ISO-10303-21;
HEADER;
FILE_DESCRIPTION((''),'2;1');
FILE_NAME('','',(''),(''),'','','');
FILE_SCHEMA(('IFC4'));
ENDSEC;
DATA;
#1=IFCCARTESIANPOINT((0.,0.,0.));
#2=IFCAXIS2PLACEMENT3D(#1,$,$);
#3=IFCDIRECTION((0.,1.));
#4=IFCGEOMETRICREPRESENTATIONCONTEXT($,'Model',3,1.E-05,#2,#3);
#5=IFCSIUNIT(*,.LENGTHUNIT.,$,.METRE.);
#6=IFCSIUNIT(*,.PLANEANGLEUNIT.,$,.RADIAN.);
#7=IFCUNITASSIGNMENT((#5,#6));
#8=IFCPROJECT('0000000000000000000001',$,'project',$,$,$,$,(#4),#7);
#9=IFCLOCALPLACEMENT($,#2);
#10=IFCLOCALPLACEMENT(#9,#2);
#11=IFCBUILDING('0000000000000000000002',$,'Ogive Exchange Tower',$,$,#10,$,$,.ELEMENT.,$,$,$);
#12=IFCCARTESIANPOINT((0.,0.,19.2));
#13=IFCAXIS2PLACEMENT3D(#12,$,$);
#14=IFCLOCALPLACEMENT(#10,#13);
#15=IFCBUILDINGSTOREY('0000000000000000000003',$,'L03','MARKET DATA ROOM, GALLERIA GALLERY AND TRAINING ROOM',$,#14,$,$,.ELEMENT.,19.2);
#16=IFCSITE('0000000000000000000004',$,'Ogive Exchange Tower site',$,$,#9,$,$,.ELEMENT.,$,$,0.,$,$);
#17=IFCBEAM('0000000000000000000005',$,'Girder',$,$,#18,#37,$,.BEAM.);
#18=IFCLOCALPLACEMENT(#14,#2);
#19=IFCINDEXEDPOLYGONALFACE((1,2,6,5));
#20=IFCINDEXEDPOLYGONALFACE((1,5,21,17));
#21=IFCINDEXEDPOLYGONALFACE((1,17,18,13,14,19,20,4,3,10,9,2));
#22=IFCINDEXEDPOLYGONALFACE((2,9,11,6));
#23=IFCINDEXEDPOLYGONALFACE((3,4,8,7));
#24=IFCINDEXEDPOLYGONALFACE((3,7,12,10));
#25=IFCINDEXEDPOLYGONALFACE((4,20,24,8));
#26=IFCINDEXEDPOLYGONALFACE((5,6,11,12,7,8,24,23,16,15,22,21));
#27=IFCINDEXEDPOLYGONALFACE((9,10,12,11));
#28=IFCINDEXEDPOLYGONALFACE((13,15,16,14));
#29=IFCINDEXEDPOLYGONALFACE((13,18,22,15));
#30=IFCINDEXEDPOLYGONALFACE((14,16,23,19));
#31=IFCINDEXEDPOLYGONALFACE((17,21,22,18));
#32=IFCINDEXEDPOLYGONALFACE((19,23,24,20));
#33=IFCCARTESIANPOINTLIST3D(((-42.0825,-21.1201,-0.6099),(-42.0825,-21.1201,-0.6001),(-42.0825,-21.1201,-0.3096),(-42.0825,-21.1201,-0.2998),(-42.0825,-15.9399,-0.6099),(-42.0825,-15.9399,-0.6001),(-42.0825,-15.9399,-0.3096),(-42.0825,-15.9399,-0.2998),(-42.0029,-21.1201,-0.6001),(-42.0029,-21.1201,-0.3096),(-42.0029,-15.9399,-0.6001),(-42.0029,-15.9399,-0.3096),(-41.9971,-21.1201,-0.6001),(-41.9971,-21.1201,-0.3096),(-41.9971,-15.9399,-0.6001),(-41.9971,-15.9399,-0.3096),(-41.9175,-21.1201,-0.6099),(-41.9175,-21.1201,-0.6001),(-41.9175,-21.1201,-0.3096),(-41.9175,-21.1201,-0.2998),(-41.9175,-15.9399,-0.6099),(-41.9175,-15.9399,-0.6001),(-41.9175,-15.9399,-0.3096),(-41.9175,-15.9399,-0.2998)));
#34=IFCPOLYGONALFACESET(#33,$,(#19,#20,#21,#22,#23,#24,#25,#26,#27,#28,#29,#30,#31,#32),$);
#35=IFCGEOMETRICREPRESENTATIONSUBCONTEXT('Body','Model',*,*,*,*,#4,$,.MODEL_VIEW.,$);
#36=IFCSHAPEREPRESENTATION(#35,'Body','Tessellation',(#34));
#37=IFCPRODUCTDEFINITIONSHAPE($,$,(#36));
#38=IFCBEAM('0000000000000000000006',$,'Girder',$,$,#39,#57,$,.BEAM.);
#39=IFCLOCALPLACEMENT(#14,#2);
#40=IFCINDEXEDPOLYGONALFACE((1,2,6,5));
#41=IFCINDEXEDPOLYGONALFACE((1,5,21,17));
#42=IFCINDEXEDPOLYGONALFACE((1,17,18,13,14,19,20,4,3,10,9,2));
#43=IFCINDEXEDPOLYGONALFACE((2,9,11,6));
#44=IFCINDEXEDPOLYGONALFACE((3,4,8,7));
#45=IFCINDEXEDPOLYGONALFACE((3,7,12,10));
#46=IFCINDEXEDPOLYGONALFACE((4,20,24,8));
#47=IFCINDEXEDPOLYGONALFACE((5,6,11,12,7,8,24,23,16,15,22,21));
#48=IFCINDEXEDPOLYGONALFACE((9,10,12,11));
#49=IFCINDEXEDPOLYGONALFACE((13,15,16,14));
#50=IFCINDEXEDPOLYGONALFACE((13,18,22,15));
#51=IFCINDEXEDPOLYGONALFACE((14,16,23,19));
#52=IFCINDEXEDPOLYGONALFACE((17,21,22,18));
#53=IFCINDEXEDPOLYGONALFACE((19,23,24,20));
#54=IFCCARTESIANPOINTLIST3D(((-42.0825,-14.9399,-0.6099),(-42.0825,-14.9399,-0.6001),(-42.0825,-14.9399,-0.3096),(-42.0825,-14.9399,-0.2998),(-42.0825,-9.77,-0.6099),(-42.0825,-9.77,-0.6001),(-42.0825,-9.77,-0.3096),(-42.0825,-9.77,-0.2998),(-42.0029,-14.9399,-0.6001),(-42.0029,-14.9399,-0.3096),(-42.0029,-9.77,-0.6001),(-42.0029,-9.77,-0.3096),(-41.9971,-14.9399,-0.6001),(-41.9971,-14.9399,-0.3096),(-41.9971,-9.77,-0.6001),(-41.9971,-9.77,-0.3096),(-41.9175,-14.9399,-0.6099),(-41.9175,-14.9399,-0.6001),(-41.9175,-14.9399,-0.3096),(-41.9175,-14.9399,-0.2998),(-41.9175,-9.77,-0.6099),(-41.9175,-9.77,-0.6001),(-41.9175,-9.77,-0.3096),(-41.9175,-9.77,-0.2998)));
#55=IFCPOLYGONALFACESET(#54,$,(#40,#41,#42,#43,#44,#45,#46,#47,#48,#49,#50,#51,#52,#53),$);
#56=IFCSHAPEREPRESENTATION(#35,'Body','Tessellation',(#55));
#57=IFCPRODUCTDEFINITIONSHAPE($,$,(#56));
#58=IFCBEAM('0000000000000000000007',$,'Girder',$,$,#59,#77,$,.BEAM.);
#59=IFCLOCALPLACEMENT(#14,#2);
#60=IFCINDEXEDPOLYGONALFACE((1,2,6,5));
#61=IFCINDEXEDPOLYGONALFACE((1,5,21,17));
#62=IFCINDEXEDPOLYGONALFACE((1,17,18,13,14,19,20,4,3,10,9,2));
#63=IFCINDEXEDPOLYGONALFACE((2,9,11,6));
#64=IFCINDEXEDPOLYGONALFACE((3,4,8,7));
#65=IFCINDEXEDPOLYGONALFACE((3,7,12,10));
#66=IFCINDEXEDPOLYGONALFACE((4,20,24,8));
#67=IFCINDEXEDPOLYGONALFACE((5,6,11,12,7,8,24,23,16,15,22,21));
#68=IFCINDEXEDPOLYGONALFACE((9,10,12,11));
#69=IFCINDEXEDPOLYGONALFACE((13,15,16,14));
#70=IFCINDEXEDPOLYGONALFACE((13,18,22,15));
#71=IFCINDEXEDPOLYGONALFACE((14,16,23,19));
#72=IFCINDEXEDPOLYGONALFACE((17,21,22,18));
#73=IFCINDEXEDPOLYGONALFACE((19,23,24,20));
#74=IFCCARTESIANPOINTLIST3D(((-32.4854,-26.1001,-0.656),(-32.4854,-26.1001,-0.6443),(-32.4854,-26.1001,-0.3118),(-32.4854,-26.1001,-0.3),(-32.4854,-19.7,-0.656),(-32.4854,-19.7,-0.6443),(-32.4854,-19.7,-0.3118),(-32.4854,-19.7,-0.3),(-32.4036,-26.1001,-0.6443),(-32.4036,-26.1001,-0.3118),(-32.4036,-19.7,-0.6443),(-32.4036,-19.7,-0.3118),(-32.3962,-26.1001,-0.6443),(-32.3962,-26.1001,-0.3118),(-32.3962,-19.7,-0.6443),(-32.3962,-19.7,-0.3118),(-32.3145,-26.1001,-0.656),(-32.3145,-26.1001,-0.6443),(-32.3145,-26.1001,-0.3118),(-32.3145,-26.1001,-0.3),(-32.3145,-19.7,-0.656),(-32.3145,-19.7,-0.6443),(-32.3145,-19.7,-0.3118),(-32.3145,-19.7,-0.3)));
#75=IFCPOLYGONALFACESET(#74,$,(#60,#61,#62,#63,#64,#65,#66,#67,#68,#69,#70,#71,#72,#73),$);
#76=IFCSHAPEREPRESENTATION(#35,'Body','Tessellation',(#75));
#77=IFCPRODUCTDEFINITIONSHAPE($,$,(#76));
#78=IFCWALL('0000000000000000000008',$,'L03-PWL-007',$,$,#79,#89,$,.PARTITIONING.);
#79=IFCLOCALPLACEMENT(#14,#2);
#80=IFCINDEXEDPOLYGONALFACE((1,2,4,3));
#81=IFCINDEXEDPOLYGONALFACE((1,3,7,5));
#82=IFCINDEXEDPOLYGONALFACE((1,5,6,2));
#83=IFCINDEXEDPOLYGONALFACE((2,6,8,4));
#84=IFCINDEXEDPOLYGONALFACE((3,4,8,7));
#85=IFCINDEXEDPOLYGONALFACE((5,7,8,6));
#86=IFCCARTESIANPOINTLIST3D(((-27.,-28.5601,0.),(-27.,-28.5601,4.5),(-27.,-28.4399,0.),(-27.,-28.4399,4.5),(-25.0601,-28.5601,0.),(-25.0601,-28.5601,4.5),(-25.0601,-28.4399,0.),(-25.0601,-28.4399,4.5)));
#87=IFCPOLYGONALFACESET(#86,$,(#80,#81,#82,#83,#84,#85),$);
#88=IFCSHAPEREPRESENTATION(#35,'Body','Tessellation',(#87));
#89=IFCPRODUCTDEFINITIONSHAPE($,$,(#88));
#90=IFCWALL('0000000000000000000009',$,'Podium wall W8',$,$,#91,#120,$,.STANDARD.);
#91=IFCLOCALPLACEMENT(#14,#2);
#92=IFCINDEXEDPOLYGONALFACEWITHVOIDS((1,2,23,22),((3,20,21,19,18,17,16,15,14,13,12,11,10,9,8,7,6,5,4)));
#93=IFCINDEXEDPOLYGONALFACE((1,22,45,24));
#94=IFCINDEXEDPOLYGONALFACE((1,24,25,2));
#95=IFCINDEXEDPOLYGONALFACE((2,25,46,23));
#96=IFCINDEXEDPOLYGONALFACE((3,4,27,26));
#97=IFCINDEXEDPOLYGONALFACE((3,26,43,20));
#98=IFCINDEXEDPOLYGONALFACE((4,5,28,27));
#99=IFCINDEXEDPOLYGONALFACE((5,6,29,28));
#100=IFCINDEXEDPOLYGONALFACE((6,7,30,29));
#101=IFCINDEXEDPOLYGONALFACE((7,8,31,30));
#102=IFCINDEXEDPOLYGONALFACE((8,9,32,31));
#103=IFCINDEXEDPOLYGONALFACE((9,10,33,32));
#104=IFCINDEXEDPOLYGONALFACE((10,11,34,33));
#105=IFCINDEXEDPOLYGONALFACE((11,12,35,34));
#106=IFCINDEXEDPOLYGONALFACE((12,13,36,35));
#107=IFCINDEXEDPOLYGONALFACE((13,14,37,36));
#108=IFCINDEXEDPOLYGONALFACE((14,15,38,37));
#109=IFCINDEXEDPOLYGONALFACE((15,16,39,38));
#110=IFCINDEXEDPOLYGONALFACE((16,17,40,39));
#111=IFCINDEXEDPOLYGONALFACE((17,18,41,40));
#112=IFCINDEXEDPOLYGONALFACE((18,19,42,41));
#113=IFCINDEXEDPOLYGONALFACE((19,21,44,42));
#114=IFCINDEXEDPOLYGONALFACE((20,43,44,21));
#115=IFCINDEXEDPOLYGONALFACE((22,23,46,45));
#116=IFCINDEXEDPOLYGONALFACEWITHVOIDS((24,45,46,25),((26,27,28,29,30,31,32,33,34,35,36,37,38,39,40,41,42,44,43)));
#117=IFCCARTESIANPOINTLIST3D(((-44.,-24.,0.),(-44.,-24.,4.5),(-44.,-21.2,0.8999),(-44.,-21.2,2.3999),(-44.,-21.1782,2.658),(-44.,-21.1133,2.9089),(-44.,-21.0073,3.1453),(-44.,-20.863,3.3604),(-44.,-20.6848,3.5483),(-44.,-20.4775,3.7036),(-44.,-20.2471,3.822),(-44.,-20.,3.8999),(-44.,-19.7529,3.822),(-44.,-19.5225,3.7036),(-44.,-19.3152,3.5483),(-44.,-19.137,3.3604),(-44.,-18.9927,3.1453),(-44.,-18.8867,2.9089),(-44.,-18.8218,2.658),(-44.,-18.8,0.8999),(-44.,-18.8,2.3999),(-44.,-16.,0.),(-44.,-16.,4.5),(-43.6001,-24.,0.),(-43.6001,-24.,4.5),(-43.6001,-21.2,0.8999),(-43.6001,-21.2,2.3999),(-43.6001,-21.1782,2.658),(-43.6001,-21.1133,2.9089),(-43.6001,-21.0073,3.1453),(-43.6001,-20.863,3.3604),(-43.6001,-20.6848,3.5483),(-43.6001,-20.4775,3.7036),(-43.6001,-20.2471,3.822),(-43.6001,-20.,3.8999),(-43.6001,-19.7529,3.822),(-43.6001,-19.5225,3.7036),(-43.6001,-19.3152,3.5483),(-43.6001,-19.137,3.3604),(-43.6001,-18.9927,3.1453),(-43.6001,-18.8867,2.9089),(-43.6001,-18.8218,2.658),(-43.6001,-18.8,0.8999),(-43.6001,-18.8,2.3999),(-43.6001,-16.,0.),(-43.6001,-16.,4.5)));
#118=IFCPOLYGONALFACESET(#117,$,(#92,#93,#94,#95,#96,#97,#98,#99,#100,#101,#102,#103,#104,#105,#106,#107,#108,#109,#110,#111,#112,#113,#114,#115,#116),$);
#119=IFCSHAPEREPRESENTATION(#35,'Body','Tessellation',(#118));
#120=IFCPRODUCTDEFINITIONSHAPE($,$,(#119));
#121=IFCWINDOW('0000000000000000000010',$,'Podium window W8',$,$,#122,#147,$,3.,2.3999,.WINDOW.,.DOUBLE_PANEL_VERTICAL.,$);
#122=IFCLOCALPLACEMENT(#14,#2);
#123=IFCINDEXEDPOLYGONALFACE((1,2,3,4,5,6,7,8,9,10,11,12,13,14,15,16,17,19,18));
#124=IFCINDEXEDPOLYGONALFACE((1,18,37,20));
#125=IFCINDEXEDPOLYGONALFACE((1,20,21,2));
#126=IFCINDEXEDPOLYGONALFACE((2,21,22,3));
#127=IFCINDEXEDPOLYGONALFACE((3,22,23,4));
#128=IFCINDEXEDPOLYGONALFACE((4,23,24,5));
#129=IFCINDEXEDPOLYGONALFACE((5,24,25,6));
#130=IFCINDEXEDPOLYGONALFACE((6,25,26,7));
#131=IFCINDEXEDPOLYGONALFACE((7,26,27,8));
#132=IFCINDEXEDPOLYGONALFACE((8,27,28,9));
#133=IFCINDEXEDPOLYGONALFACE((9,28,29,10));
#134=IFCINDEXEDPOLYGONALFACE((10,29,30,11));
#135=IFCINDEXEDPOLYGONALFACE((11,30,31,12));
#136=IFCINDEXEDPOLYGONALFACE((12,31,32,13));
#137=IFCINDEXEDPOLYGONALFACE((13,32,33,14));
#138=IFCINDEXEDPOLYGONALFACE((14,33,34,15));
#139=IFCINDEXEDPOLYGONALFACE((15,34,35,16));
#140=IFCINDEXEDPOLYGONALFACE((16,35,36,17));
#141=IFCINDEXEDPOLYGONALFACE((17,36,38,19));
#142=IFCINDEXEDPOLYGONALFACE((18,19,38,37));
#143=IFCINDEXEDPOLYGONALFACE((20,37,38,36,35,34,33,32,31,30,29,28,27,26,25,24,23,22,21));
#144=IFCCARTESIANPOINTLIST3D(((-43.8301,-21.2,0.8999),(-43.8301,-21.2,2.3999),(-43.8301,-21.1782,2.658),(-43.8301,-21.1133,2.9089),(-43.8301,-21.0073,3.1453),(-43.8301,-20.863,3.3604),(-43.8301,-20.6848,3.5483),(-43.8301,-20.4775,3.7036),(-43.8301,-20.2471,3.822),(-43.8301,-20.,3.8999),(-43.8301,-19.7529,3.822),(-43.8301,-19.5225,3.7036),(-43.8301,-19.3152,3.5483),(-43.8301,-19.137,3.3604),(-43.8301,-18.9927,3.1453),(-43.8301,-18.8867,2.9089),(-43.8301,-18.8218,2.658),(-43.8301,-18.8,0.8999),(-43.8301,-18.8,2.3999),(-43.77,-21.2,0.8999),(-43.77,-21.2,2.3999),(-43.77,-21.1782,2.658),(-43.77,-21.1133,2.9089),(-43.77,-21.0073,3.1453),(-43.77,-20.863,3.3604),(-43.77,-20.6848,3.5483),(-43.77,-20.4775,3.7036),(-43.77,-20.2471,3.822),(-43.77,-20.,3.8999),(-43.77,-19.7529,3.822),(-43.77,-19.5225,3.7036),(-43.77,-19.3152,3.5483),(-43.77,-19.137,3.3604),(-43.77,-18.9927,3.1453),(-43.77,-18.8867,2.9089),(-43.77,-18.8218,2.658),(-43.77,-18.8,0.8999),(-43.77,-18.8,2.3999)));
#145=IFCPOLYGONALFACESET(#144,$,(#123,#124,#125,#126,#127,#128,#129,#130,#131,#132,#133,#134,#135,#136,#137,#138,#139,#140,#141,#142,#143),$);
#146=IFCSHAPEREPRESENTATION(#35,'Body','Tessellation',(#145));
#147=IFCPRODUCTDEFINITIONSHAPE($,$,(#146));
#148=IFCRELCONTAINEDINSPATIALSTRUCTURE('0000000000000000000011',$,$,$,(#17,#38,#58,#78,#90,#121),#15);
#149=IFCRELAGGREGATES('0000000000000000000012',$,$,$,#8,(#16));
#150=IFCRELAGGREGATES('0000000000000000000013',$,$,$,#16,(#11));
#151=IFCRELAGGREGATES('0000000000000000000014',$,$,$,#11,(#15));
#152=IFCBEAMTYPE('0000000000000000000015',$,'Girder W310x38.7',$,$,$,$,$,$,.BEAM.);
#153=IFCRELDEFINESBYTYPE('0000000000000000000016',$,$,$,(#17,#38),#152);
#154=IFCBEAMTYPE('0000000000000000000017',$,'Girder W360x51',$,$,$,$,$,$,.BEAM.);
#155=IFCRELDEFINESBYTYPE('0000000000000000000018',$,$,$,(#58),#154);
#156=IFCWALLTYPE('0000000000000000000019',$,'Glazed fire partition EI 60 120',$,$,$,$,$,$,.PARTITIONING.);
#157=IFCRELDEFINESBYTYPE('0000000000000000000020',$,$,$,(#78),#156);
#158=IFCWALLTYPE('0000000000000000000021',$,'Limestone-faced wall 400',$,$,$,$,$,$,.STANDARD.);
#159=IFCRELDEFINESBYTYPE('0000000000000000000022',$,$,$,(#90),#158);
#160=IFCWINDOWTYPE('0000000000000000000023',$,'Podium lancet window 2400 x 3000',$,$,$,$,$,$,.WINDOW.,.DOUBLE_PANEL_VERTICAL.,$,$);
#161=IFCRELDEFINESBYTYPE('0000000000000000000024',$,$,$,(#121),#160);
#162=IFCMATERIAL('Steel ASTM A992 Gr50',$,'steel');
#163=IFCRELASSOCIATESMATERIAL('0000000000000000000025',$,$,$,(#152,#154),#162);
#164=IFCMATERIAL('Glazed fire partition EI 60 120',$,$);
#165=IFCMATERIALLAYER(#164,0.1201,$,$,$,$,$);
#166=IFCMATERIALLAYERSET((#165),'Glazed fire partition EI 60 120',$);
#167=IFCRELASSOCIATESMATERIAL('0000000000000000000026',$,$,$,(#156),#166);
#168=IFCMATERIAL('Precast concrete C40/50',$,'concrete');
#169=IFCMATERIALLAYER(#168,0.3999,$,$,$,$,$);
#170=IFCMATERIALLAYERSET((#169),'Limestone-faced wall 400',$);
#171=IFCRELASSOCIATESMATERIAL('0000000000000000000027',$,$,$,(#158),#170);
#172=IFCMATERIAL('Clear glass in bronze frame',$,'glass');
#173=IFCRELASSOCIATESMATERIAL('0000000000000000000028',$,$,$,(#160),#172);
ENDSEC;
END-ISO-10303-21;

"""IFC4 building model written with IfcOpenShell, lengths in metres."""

from ifc_helpers import new_model, si_unit, direction, frame, frame_2d, origin, origin_2d, place, context, subcontext, project, spatial, polyline, rectangle, i_section, outline, extrude, material, layer, layer_set, material_profile, profile_set, type_object, element, fill, save


model = new_model("IFC4")

# Units and contexts
model_context = context("Model", 3, precision=1e-05, world=origin(), true_north=direction((0.0, 1.0)))
body_context = subcontext(model_context, "Body", "Model", "MODEL_VIEW")
ifc_project = project(units=[si_unit("LENGTHUNIT", "METRE"), si_unit("PLANEANGLEUNIT", "RADIAN")], contexts=[model_context])

# Site, building, storey
site_placement = place(None, origin())
site = spatial("IfcSite", under=ifc_project, at=site_placement, Name="Ogive Exchange Tower site", CompositionType="ELEMENT", RefElevation=0.0)
building_placement = place(site_placement, origin())
building = spatial("IfcBuilding", under=site, at=building_placement, Name="Ogive Exchange Tower", CompositionType="ELEMENT")
storey_placement = place(building_placement, frame((0.0, 0.0, 19.2)))
storey = spatial("IfcBuildingStorey", under=building, at=storey_placement, Name="L03", Description="MARKET DATA ROOM, GALLERIA GALLERY AND TRAINING ROOM", CompositionType="ELEMENT", Elevation=19.2)

# Beams
ifc_material_1 = material(Name="Steel ASTM A992 Gr50", Category="steel")
ifc_material_profile_1 = material_profile(ifc_material_1, i_section(OverallWidth=0.165, OverallDepth=0.3101, WebThickness=0.0059, FlangeThickness=0.0098, at=origin_2d()), Name="W310x38.7")
ifc_profile_set_1 = profile_set([ifc_material_profile_1], Name="Steel ASTM A992 Gr50")
beam_type_1 = type_object("IfcBeamType", Name="Girder W310x38.7", PredefinedType="BEAM", material=ifc_profile_set_1)
beam_1_placement = place(storey_placement, frame((-42.0, -21.1201, -0.4548), z_axis=(0.0, 1.0, 0.0), x_axis=(-1.0, 0.0, 0.0)))
element("IfcBeam", 1, at=beam_1_placement, inside=storey, type_object=beam_type_1, Name="Girder", PredefinedType="BEAM", context=body_context, shape_type="SweptSolid", body=[
    extrude(i_section(OverallWidth=0.165, OverallDepth=0.3101, WebThickness=0.0059, FlangeThickness=0.0098, at=origin_2d()), origin(), (0.0, 0.0, 1.0), 5.1802),
])
beam_2_placement = place(storey_placement, frame((-42.0, -14.9399, -0.4548), z_axis=(0.0, 1.0, 0.0), x_axis=(-1.0, 0.0, 0.0)))
element("IfcBeam", 2, at=beam_2_placement, inside=storey, type_object=beam_type_1, Name="Girder", PredefinedType="BEAM", context=body_context, shape_type="SweptSolid", body=[
    extrude(i_section(OverallWidth=0.165, OverallDepth=0.3101, WebThickness=0.0059, FlangeThickness=0.0098, at=origin_2d()), origin(), (0.0, 0.0, 1.0), 5.1699),
])
ifc_material_profile_2 = material_profile(ifc_material_1, i_section(OverallWidth=0.1709, OverallDepth=0.356, WebThickness=0.0073, FlangeThickness=0.0117, at=origin_2d()), Name="W360x51")
ifc_profile_set_2 = profile_set([ifc_material_profile_2], Name="Steel ASTM A992 Gr50")
beam_type_2 = type_object("IfcBeamType", Name="Girder W360x51", PredefinedType="BEAM", material=ifc_profile_set_2)
beam_3_placement = place(storey_placement, frame((-32.3999, -19.7, -0.478), z_axis=(0.0, -1.0, 0.0), x_axis=(1.0, 0.0, 0.0)))
element("IfcBeam", 3, at=beam_3_placement, inside=storey, type_object=beam_type_2, Name="Girder", PredefinedType="BEAM", context=body_context, shape_type="SweptSolid", body=[
    extrude(i_section(OverallWidth=0.1709, OverallDepth=0.356, WebThickness=0.0073, FlangeThickness=0.0117, at=origin_2d()), origin(), (0.0, 0.0, 1.0), 6.4001),
])

# Wall
ifc_material_2 = material(Name="Glazed fire partition EI 60 120")
ifc_layer_1 = layer(ifc_material_2, 0.1201)
ifc_layer_set_1 = layer_set([ifc_layer_1], Name="Glazed fire partition EI 60 120")
wall_type_1 = type_object("IfcWallType", Name="Glazed fire partition EI 60 120", PredefinedType="PARTITIONING", material=ifc_layer_set_1)
wall_1_placement = place(storey_placement, frame((-27.0, -28.5, 0.0), z_axis=(0.0, 0.0, 1.0), x_axis=(1.0, 0.0, 0.0)))
element("IfcWall", 4, at=wall_1_placement, inside=storey, type_object=wall_type_1, Name="L03-PWL-007", PredefinedType="PARTITIONING", context=body_context, shape_type="SweptSolid", body=[
    extrude(rectangle(XDim=1.9399, YDim=0.1201, at=frame_2d((0.97, 0.0))), origin(), (0.0, 0.0, 1.0), 4.5),
])

# Wall, opening, window
ifc_material_3 = material(Name="Precast concrete C40/50", Category="concrete")
ifc_layer_2 = layer(ifc_material_3, 0.3999)
ifc_layer_set_2 = layer_set([ifc_layer_2], Name="Limestone-faced wall 400")
wall_type_2 = type_object("IfcWallType", Name="Limestone-faced wall 400", PredefinedType="STANDARD", material=ifc_layer_set_2)
wall_2_placement = place(storey_placement, frame((-43.8, -16.0, 0.0), z_axis=(0.0, 0.0, 1.0), x_axis=(0.0, -1.0, 0.0)))
wall_2 = element("IfcWall", 5, at=wall_2_placement, inside=storey, type_object=wall_type_2, Name="Podium wall W8", PredefinedType="STANDARD", context=body_context, shape_type="SweptSolid", body=[
    extrude(rectangle(XDim=8.0, YDim=0.3999, at=frame_2d((4.0, 0.0))), origin(), (0.0, 0.0, 1.0), 4.5),
])
opening_1_placement = place(wall_2_placement, frame((2.8, 0.0, 0.8999)))
opening_1 = element("IfcOpeningElement", 6, at=opening_1_placement, cuts=wall_2, PredefinedType="OPENING", context=body_context, shape_type="SweptSolid", body=[
    extrude(outline(polyline([(0.0, 0.0), (2.3999, 0.0), (2.3999, 1.5), (2.3782, 1.7581), (2.3132, 2.009), (2.2073, 2.2454), (2.063, 2.4604), (1.8848, 2.6484), (1.6775, 2.8037), (1.447, 2.9221), (1.2, 3.0), (0.9529, 2.9221), (0.7224, 2.8037), (0.5151, 2.6484), (0.3369, 2.4604), (0.1926, 2.2454), (0.0867, 2.009), (0.0217, 1.7581), (0.0, 1.5), (0.0, 0.0)])), frame((0.0, 0.21, 0.0), z_axis=(0.0, -1.0, 0.0), x_axis=(1.0, 0.0, 0.0)), (0.0, 0.0, 1.0), 0.4199),
])
ifc_material_4 = material(Name="Clear glass in bronze frame", Category="glass")
window_type = type_object("IfcWindowType", Name="Podium lancet window 2400 x 3000", PartitioningType="DOUBLE_PANEL_VERTICAL", PredefinedType="WINDOW", material=ifc_material_4)
window_1_placement = place(opening_1_placement, origin())
window_1 = element("IfcWindow", 7, at=window_1_placement, inside=storey, type_object=window_type, Name="Podium window W8", OverallHeight=3.0, OverallWidth=2.3999, PartitioningType="DOUBLE_PANEL_VERTICAL", PredefinedType="WINDOW", context=body_context, shape_type="SweptSolid", body=[
    extrude(outline(polyline([(0.0, 0.0), (2.3999, 0.0), (2.3999, 1.5), (2.3782, 1.7581), (2.3132, 2.009), (2.2073, 2.2454), (2.063, 2.4604), (1.8848, 2.6484), (1.6775, 2.8037), (1.447, 2.9221), (1.2, 3.0), (0.9529, 2.9221), (0.7224, 2.8037), (0.5151, 2.6484), (0.3369, 2.4604), (0.1926, 2.2454), (0.0867, 2.009), (0.0217, 1.7581), (0.0, 1.5), (0.0, 0.0)])), frame((0.0, 0.03, 0.0), z_axis=(0.0, -1.0, 0.0), x_axis=(1.0, 0.0, 0.0)), (0.0, 0.0, 1.0), 0.0601),
])
fill(opening_1, window_1)

save(model, "model.ifc")
